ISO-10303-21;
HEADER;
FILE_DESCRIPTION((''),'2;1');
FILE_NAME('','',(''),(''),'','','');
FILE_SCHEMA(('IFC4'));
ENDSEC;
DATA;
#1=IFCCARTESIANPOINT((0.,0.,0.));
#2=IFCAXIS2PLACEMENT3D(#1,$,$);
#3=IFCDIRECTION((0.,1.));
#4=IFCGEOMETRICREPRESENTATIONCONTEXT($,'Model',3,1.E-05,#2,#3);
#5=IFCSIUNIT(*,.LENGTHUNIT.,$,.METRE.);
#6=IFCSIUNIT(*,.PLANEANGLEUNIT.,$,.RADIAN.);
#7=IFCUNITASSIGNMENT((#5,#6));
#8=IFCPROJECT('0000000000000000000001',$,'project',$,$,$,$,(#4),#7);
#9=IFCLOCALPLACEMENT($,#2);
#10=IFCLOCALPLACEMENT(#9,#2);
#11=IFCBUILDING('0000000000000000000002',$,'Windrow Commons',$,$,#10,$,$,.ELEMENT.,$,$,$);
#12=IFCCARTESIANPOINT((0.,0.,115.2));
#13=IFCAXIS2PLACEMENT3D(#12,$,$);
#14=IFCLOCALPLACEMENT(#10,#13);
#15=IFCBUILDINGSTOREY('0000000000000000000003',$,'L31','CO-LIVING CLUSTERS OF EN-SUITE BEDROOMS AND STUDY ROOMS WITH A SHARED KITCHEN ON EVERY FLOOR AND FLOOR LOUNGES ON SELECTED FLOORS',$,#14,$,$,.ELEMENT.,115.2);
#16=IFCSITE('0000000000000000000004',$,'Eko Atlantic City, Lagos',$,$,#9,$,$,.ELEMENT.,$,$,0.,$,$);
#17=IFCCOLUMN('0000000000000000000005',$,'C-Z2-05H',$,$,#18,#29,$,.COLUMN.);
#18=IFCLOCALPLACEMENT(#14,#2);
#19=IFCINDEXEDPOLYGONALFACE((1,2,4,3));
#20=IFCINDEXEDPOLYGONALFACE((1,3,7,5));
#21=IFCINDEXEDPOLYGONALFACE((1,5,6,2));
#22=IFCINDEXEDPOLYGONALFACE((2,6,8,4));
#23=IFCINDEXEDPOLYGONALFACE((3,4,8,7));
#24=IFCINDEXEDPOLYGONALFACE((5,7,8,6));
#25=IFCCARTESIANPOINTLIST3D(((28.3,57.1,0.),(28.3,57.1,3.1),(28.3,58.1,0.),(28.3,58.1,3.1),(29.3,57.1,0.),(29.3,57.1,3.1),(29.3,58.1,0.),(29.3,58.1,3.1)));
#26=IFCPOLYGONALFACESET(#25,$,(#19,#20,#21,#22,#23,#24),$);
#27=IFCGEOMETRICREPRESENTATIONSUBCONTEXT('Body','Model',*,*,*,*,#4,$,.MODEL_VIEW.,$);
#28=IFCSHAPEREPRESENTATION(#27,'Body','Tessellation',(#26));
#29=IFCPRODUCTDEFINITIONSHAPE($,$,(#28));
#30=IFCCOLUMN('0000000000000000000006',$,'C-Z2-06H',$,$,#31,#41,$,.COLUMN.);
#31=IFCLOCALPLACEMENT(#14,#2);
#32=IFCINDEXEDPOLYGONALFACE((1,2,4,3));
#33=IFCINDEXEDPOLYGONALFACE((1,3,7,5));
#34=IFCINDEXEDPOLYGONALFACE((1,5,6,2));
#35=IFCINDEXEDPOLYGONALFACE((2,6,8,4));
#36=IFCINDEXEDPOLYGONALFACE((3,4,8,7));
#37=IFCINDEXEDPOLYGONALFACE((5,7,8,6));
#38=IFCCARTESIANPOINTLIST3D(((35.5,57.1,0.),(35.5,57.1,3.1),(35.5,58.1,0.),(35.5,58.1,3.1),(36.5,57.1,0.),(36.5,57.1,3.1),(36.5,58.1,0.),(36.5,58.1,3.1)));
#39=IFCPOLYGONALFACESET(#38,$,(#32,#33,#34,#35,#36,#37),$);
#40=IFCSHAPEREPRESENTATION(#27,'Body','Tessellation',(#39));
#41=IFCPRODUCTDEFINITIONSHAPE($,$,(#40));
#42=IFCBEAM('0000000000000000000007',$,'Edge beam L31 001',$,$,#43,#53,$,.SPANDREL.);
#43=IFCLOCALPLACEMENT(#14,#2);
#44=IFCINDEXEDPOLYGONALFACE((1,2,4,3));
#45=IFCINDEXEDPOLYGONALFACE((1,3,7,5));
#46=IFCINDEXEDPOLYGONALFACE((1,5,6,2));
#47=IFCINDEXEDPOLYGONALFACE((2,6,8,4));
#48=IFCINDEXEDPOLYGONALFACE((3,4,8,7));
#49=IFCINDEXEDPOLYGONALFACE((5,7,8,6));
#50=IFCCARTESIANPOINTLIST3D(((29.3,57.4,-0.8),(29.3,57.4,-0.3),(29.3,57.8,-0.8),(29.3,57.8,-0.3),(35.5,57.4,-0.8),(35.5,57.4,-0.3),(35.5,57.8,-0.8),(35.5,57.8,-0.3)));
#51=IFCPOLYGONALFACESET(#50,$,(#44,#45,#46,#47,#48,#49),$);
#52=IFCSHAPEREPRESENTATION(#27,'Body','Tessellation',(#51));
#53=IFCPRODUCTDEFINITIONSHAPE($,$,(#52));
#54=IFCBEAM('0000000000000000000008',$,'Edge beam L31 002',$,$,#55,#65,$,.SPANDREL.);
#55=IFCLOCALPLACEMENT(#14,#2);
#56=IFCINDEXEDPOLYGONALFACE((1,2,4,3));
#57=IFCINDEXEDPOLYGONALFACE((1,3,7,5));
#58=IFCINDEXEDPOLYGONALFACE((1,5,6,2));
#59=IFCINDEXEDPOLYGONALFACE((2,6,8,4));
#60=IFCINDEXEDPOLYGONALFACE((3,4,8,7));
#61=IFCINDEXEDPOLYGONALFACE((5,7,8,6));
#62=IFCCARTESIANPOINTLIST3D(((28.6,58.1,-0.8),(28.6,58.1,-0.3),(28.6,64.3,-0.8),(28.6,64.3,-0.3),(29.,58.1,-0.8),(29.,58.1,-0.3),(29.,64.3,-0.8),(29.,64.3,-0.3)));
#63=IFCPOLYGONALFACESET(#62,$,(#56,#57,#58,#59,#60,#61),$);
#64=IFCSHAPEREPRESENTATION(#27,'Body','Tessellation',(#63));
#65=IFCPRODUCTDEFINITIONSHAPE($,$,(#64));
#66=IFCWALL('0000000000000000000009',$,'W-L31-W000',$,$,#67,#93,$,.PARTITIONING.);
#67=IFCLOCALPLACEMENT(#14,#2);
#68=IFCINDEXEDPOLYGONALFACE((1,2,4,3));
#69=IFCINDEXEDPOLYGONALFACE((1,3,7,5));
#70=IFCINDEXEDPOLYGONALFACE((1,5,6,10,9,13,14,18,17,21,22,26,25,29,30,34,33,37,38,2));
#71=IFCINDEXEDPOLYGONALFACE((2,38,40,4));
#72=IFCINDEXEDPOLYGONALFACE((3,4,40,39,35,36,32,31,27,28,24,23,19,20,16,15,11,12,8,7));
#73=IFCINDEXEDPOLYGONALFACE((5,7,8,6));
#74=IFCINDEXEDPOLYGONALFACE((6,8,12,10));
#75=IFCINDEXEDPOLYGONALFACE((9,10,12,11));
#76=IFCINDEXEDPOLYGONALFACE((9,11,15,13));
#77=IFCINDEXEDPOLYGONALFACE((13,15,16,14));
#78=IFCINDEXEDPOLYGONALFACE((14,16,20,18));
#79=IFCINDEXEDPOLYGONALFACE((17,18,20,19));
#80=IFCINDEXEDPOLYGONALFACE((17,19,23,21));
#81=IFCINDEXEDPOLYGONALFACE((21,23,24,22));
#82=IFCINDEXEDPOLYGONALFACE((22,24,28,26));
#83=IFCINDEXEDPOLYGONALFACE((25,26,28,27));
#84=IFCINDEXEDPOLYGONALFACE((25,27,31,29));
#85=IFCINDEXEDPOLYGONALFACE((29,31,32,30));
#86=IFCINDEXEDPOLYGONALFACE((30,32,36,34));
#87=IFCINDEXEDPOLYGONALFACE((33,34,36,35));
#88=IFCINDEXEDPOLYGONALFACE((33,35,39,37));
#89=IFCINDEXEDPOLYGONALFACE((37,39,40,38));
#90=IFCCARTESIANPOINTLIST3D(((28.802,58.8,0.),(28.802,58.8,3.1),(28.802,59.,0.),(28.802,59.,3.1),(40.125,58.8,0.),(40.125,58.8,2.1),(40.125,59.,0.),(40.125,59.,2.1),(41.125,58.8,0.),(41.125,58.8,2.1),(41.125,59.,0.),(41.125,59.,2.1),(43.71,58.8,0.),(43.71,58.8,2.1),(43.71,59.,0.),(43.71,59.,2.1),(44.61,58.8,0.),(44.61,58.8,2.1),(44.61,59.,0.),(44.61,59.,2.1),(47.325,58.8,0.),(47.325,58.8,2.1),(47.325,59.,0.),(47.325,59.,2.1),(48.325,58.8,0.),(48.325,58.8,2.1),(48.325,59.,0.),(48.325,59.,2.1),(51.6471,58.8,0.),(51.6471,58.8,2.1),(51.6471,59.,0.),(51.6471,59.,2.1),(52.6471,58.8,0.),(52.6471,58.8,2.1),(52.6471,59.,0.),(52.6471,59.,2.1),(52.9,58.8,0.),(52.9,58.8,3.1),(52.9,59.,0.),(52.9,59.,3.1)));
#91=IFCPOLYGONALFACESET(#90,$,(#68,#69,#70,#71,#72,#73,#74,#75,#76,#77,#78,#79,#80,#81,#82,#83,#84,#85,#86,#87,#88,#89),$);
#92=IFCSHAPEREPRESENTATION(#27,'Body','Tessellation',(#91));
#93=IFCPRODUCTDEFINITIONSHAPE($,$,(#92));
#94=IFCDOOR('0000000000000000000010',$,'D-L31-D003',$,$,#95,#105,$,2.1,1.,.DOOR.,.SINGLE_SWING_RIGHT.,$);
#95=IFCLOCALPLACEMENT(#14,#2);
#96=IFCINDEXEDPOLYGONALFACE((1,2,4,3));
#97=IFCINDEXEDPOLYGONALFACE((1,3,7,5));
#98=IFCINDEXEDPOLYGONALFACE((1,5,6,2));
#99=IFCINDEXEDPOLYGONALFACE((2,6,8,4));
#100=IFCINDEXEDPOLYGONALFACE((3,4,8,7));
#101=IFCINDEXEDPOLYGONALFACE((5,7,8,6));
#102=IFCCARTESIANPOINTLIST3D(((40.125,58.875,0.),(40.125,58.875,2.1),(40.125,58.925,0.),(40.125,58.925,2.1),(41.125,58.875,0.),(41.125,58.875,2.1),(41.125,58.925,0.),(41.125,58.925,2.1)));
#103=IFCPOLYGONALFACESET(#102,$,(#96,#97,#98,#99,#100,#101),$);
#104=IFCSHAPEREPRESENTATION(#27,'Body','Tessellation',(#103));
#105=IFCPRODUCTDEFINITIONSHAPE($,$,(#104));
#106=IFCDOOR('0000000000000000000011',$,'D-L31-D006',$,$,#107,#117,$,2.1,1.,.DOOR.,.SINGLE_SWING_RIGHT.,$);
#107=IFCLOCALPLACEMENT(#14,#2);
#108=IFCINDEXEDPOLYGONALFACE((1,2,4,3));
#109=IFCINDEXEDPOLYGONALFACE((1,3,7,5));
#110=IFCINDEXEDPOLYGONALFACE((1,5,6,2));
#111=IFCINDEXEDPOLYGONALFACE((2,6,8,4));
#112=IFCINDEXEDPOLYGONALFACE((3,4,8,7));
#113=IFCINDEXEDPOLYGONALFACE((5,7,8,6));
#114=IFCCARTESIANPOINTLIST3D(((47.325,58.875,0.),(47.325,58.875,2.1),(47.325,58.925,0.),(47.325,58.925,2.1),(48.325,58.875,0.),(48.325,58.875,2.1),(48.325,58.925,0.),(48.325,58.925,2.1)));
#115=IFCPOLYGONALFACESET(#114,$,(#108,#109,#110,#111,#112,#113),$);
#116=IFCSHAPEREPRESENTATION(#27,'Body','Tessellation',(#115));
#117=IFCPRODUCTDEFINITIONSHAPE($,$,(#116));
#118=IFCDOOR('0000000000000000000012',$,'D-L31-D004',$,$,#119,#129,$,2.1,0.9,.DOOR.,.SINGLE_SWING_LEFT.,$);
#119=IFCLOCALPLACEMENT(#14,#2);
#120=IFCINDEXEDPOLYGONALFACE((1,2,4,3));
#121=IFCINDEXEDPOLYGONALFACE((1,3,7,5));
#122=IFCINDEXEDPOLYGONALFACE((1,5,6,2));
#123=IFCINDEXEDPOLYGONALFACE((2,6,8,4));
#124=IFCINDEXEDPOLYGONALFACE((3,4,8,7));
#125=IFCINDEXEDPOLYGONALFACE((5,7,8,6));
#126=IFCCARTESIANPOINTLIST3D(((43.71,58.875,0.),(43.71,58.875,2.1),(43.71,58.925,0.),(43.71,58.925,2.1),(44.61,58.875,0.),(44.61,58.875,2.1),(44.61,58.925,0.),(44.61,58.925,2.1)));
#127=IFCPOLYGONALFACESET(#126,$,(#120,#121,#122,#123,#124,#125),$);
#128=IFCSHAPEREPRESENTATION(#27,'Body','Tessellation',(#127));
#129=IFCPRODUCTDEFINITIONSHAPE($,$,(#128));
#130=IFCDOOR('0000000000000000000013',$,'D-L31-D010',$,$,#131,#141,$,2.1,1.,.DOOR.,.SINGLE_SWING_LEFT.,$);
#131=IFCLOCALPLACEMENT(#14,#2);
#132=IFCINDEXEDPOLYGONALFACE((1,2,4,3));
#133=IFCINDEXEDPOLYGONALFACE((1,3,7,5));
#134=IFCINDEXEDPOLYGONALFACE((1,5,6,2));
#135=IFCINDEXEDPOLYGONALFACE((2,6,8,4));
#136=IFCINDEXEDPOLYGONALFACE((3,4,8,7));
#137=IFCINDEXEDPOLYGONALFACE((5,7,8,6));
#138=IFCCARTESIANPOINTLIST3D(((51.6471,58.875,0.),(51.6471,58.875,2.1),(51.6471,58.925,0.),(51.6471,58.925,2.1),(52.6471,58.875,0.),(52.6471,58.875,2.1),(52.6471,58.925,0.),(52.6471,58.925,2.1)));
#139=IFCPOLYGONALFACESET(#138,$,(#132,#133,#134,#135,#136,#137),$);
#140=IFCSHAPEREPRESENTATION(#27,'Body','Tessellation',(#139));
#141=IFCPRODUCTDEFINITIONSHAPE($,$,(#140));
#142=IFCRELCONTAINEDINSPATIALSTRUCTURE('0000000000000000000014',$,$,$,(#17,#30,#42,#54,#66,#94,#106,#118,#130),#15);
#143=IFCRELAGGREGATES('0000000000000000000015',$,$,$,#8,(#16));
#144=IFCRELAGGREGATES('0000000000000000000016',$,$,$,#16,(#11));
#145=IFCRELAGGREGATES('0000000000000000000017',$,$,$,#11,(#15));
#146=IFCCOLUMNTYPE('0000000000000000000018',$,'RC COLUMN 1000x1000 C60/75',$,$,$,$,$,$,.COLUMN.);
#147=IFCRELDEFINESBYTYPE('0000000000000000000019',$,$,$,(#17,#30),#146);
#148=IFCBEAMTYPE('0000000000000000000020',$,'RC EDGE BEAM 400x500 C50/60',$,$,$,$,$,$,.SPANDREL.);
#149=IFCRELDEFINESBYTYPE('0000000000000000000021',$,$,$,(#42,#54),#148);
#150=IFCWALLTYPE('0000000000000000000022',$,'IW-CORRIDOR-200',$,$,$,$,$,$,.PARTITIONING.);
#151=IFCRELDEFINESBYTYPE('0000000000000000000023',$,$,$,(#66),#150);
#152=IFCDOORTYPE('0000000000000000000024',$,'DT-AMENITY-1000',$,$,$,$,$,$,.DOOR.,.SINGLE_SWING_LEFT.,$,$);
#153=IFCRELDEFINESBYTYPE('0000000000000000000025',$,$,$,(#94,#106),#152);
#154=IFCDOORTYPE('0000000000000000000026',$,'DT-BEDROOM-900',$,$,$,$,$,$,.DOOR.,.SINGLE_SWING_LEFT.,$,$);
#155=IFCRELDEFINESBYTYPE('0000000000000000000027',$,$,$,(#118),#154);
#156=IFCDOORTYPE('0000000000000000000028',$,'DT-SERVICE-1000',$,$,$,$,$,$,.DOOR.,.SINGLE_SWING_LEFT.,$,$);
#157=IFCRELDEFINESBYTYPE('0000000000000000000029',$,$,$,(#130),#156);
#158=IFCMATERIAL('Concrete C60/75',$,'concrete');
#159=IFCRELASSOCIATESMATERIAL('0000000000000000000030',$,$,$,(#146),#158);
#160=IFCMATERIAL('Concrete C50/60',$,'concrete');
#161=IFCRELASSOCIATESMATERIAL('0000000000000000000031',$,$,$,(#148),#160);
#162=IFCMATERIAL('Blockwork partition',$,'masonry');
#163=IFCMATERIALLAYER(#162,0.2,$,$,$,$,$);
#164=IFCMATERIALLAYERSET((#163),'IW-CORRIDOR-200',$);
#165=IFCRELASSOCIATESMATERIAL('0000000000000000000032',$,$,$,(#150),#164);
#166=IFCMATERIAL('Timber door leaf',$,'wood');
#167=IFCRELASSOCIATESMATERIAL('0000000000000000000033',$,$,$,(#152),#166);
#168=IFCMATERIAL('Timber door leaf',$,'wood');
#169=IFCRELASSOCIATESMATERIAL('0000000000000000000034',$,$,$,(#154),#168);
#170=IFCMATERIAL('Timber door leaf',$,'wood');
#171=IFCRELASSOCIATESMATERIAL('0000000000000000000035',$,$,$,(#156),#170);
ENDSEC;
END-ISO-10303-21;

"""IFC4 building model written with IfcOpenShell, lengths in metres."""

from ifc_helpers import new_model, si_unit, direction, frame, frame_2d, origin, origin_2d, place, context, subcontext, project, spatial, rectangle, extrude, material, layer, layer_set, material_profile, profile_set, type_object, element, fill, save


model = new_model("IFC4")

# Units and contexts
model_context = context("Model", 3, precision=1e-05, world=origin(), true_north=direction((0.0, 1.0)))
body_context = subcontext(model_context, "Body", "Model", "MODEL_VIEW")
ifc_project = project(units=[si_unit("LENGTHUNIT", "METRE"), si_unit("PLANEANGLEUNIT", "RADIAN")], contexts=[model_context])

# Site, building, storey
site_placement = place(None, origin())
site = spatial("IfcSite", under=ifc_project, at=site_placement, Name="Eko Atlantic City, Lagos", CompositionType="ELEMENT", RefElevation=0.0)
building_placement = place(site_placement, origin())
building = spatial("IfcBuilding", under=site, at=building_placement, Name="Windrow Commons", CompositionType="ELEMENT")
storey_placement = place(building_placement, frame((0.0, 0.0, 115.2)))
storey = spatial("IfcBuildingStorey", under=building, at=storey_placement, Name="L31", Description="CO-LIVING CLUSTERS OF EN-SUITE BEDROOMS AND STUDY ROOMS WITH A SHARED KITCHEN ON EVERY FLOOR AND FLOOR LOUNGES ON SELECTED FLOORS", CompositionType="ELEMENT", Elevation=115.2)

# Columns
ifc_material_1 = material(Name="Concrete C60/75", Category="concrete")
ifc_material_profile_1 = material_profile(ifc_material_1, rectangle(XDim=1.0, YDim=1.0, at=origin_2d()))
ifc_profile_set_1 = profile_set([ifc_material_profile_1], Name="Concrete C60/75")
column_type = type_object("IfcColumnType", Name="RC COLUMN 1000x1000 C60/75", PredefinedType="COLUMN", material=ifc_profile_set_1)
for number, where, z_axis, x_axis, name in (
    (1, (28.8, 57.6, 0.0), (0.0, 0.0, 1.0), (1.0, 0.0, 0.0), "C-Z2-05H"),
    (2, (36.0, 57.6, 0.0), (0.0, 0.0, 1.0), (1.0, 0.0, 0.0), "C-Z2-06H"),
):
    element("IfcColumn", number, at=place(storey_placement, frame(where, z_axis=z_axis, x_axis=x_axis)), inside=storey, type_object=column_type, Name=name, PredefinedType="COLUMN", context=body_context, shape_type="SweptSolid", body=[
        extrude(rectangle(XDim=1.0, YDim=1.0, at=origin_2d()), origin(), (0.0, 0.0, 1.0), 3.1),
    ])

# Beams
ifc_material_2 = material(Name="Concrete C50/60", Category="concrete")
ifc_material_profile_2 = material_profile(ifc_material_2, rectangle(XDim=0.4, YDim=0.5, at=origin_2d()))
ifc_profile_set_2 = profile_set([ifc_material_profile_2], Name="Concrete C50/60")
beam_type = type_object("IfcBeamType", Name="RC EDGE BEAM 400x500 C50/60", PredefinedType="SPANDREL", material=ifc_profile_set_2)
for number, where, z_axis, x_axis, name in (
    (3, (35.5, 57.6, -0.55), (-1.0, 0.0, 0.0), (0.0, -1.0, 0.0), "Edge beam L31 001"),
    (4, (28.8, 58.1, -0.55), (0.0, 1.0, 0.0), (-1.0, 0.0, 0.0), "Edge beam L31 002"),
):
    element("IfcBeam", number, at=place(storey_placement, frame(where, z_axis=z_axis, x_axis=x_axis)), inside=storey, type_object=beam_type, Name=name, PredefinedType="SPANDREL", context=body_context, shape_type="SweptSolid", body=[
        extrude(rectangle(XDim=0.4, YDim=0.5, at=origin_2d()), origin(), (0.0, 0.0, 1.0), 6.2),
    ])

# Wall, openings, doors
ifc_material_3 = material(Name="Blockwork partition", Category="masonry")
ifc_layer_1 = layer(ifc_material_3, 0.2)
ifc_layer_set_1 = layer_set([ifc_layer_1], Name="IW-CORRIDOR-200")
wall_type_1 = type_object("IfcWallType", Name="IW-CORRIDOR-200", PredefinedType="PARTITIONING", material=ifc_layer_set_1)
wall_1_placement = place(storey_placement, frame((28.802, 58.9, 0.0), z_axis=(0.0, 0.0, 1.0), x_axis=(1.0, 0.0, 0.0)))
wall_1 = element("IfcWall", 5, at=wall_1_placement, inside=storey, type_object=wall_type_1, Name="W-L31-W000", PredefinedType="PARTITIONING", context=body_context, shape_type="SweptSolid", body=[
    extrude(rectangle(XDim=24.098, YDim=0.2, at=frame_2d((12.049, 0.0))), origin(), (0.0, 0.0, 1.0), 3.1),
])
opening_1_placement = place(wall_1_placement, frame((11.323, 0.0, 0.0)))
opening_1 = element("IfcOpeningElement", 6, at=opening_1_placement, cuts=wall_1, PredefinedType="OPENING", context=body_context, shape_type="SweptSolid", body=[
    extrude(rectangle(XDim=1.0, YDim=2.1, at=frame_2d((0.5, 1.05))), frame((0.0, 0.11, 0.0), z_axis=(0.0, -1.0, 0.0), x_axis=(1.0, 0.0, 0.0)), (0.0, 0.0, 1.0), 0.22),
])
opening_2_placement = place(wall_1_placement, frame((14.908, 0.0, 0.0)))
opening_2 = element("IfcOpeningElement", 7, at=opening_2_placement, cuts=wall_1, PredefinedType="OPENING", context=body_context, shape_type="SweptSolid", body=[
    extrude(rectangle(XDim=0.9, YDim=2.1, at=frame_2d((0.45, 1.05))), frame((0.0, 0.11, 0.0), z_axis=(0.0, -1.0, 0.0), x_axis=(1.0, 0.0, 0.0)), (0.0, 0.0, 1.0), 0.22),
])
opening_3_placement = place(wall_1_placement, frame((18.523, 0.0, 0.0)))
opening_3 = element("IfcOpeningElement", 8, at=opening_3_placement, cuts=wall_1, PredefinedType="OPENING", context=body_context, shape_type="SweptSolid", body=[
    extrude(rectangle(XDim=1.0, YDim=2.1, at=frame_2d((0.5, 1.05))), frame((0.0, 0.11, 0.0), z_axis=(0.0, -1.0, 0.0), x_axis=(1.0, 0.0, 0.0)), (0.0, 0.0, 1.0), 0.22),
])
opening_4_placement = place(wall_1_placement, frame((22.8451, 0.0, 0.0)))
opening_4 = element("IfcOpeningElement", 9, at=opening_4_placement, cuts=wall_1, PredefinedType="OPENING", context=body_context, shape_type="SweptSolid", body=[
    extrude(rectangle(XDim=1.0, YDim=2.1, at=frame_2d((0.5, 1.05))), frame((0.0, 0.11, 0.0), z_axis=(0.0, -1.0, 0.0), x_axis=(1.0, 0.0, 0.0)), (0.0, 0.0, 1.0), 0.22),
])
ifc_material_4 = material(Name="Timber door leaf", Category="wood")
door_type_1 = type_object("IfcDoorType", Name="DT-AMENITY-1000", OperationType="SINGLE_SWING_LEFT", PredefinedType="DOOR", material=ifc_material_4)
door_1_placement = place(opening_1_placement, origin())
door_1 = element("IfcDoor", 10, at=door_1_placement, inside=storey, type_object=door_type_1, Name="D-L31-D003", OperationType="SINGLE_SWING_RIGHT", OverallHeight=2.1, OverallWidth=1.0, PredefinedType="DOOR", context=body_context, shape_type="SweptSolid", body=[
    extrude(rectangle(XDim=1.0, YDim=2.1, at=frame_2d((0.5, 1.05))), frame((0.0, 0.025, 0.0), z_axis=(0.0, -1.0, 0.0), x_axis=(1.0, 0.0, 0.0)), (0.0, 0.0, 1.0), 0.05),
])
fill(opening_1, door_1)
door_2_placement = place(opening_3_placement, origin())
door_2 = element("IfcDoor", 11, at=door_2_placement, inside=storey, type_object=door_type_1, Name="D-L31-D006", OperationType="SINGLE_SWING_RIGHT", OverallHeight=2.1, OverallWidth=1.0, PredefinedType="DOOR", context=body_context, shape_type="SweptSolid", body=[
    extrude(rectangle(XDim=1.0, YDim=2.1, at=frame_2d((0.5, 1.05))), frame((0.0, 0.025, 0.0), z_axis=(0.0, -1.0, 0.0), x_axis=(1.0, 0.0, 0.0)), (0.0, 0.0, 1.0), 0.05),
])
fill(opening_3, door_2)
ifc_material_5 = material(Name="Timber door leaf", Category="wood")
door_type_2 = type_object("IfcDoorType", Name="DT-BEDROOM-900", OperationType="SINGLE_SWING_LEFT", PredefinedType="DOOR", material=ifc_material_5)
door_3_placement = place(opening_2_placement, origin())
door_3 = element("IfcDoor", 12, at=door_3_placement, inside=storey, type_object=door_type_2, Name="D-L31-D004", OperationType="SINGLE_SWING_LEFT", OverallHeight=2.1, OverallWidth=0.9, PredefinedType="DOOR", context=body_context, shape_type="SweptSolid", body=[
    extrude(rectangle(XDim=0.9, YDim=2.1, at=frame_2d((0.45, 1.05))), frame((0.0, 0.025, 0.0), z_axis=(0.0, -1.0, 0.0), x_axis=(1.0, 0.0, 0.0)), (0.0, 0.0, 1.0), 0.05),
])
fill(opening_2, door_3)
ifc_material_6 = material(Name="Timber door leaf", Category="wood")
door_type_3 = type_object("IfcDoorType", Name="DT-SERVICE-1000", OperationType="SINGLE_SWING_LEFT", PredefinedType="DOOR", material=ifc_material_6)
door_4_placement = place(opening_4_placement, origin())
door_4 = element("IfcDoor", 13, at=door_4_placement, inside=storey, type_object=door_type_3, Name="D-L31-D010", OperationType="SINGLE_SWING_LEFT", OverallHeight=2.1, OverallWidth=1.0, PredefinedType="DOOR", context=body_context, shape_type="SweptSolid", body=[
    extrude(rectangle(XDim=1.0, YDim=2.1, at=frame_2d((0.5, 1.05))), frame((0.0, 0.025, 0.0), z_axis=(0.0, -1.0, 0.0), x_axis=(1.0, 0.0, 0.0)), (0.0, 0.0, 1.0), 0.05),
])
fill(opening_4, door_4)

save(model, "model.ifc")
